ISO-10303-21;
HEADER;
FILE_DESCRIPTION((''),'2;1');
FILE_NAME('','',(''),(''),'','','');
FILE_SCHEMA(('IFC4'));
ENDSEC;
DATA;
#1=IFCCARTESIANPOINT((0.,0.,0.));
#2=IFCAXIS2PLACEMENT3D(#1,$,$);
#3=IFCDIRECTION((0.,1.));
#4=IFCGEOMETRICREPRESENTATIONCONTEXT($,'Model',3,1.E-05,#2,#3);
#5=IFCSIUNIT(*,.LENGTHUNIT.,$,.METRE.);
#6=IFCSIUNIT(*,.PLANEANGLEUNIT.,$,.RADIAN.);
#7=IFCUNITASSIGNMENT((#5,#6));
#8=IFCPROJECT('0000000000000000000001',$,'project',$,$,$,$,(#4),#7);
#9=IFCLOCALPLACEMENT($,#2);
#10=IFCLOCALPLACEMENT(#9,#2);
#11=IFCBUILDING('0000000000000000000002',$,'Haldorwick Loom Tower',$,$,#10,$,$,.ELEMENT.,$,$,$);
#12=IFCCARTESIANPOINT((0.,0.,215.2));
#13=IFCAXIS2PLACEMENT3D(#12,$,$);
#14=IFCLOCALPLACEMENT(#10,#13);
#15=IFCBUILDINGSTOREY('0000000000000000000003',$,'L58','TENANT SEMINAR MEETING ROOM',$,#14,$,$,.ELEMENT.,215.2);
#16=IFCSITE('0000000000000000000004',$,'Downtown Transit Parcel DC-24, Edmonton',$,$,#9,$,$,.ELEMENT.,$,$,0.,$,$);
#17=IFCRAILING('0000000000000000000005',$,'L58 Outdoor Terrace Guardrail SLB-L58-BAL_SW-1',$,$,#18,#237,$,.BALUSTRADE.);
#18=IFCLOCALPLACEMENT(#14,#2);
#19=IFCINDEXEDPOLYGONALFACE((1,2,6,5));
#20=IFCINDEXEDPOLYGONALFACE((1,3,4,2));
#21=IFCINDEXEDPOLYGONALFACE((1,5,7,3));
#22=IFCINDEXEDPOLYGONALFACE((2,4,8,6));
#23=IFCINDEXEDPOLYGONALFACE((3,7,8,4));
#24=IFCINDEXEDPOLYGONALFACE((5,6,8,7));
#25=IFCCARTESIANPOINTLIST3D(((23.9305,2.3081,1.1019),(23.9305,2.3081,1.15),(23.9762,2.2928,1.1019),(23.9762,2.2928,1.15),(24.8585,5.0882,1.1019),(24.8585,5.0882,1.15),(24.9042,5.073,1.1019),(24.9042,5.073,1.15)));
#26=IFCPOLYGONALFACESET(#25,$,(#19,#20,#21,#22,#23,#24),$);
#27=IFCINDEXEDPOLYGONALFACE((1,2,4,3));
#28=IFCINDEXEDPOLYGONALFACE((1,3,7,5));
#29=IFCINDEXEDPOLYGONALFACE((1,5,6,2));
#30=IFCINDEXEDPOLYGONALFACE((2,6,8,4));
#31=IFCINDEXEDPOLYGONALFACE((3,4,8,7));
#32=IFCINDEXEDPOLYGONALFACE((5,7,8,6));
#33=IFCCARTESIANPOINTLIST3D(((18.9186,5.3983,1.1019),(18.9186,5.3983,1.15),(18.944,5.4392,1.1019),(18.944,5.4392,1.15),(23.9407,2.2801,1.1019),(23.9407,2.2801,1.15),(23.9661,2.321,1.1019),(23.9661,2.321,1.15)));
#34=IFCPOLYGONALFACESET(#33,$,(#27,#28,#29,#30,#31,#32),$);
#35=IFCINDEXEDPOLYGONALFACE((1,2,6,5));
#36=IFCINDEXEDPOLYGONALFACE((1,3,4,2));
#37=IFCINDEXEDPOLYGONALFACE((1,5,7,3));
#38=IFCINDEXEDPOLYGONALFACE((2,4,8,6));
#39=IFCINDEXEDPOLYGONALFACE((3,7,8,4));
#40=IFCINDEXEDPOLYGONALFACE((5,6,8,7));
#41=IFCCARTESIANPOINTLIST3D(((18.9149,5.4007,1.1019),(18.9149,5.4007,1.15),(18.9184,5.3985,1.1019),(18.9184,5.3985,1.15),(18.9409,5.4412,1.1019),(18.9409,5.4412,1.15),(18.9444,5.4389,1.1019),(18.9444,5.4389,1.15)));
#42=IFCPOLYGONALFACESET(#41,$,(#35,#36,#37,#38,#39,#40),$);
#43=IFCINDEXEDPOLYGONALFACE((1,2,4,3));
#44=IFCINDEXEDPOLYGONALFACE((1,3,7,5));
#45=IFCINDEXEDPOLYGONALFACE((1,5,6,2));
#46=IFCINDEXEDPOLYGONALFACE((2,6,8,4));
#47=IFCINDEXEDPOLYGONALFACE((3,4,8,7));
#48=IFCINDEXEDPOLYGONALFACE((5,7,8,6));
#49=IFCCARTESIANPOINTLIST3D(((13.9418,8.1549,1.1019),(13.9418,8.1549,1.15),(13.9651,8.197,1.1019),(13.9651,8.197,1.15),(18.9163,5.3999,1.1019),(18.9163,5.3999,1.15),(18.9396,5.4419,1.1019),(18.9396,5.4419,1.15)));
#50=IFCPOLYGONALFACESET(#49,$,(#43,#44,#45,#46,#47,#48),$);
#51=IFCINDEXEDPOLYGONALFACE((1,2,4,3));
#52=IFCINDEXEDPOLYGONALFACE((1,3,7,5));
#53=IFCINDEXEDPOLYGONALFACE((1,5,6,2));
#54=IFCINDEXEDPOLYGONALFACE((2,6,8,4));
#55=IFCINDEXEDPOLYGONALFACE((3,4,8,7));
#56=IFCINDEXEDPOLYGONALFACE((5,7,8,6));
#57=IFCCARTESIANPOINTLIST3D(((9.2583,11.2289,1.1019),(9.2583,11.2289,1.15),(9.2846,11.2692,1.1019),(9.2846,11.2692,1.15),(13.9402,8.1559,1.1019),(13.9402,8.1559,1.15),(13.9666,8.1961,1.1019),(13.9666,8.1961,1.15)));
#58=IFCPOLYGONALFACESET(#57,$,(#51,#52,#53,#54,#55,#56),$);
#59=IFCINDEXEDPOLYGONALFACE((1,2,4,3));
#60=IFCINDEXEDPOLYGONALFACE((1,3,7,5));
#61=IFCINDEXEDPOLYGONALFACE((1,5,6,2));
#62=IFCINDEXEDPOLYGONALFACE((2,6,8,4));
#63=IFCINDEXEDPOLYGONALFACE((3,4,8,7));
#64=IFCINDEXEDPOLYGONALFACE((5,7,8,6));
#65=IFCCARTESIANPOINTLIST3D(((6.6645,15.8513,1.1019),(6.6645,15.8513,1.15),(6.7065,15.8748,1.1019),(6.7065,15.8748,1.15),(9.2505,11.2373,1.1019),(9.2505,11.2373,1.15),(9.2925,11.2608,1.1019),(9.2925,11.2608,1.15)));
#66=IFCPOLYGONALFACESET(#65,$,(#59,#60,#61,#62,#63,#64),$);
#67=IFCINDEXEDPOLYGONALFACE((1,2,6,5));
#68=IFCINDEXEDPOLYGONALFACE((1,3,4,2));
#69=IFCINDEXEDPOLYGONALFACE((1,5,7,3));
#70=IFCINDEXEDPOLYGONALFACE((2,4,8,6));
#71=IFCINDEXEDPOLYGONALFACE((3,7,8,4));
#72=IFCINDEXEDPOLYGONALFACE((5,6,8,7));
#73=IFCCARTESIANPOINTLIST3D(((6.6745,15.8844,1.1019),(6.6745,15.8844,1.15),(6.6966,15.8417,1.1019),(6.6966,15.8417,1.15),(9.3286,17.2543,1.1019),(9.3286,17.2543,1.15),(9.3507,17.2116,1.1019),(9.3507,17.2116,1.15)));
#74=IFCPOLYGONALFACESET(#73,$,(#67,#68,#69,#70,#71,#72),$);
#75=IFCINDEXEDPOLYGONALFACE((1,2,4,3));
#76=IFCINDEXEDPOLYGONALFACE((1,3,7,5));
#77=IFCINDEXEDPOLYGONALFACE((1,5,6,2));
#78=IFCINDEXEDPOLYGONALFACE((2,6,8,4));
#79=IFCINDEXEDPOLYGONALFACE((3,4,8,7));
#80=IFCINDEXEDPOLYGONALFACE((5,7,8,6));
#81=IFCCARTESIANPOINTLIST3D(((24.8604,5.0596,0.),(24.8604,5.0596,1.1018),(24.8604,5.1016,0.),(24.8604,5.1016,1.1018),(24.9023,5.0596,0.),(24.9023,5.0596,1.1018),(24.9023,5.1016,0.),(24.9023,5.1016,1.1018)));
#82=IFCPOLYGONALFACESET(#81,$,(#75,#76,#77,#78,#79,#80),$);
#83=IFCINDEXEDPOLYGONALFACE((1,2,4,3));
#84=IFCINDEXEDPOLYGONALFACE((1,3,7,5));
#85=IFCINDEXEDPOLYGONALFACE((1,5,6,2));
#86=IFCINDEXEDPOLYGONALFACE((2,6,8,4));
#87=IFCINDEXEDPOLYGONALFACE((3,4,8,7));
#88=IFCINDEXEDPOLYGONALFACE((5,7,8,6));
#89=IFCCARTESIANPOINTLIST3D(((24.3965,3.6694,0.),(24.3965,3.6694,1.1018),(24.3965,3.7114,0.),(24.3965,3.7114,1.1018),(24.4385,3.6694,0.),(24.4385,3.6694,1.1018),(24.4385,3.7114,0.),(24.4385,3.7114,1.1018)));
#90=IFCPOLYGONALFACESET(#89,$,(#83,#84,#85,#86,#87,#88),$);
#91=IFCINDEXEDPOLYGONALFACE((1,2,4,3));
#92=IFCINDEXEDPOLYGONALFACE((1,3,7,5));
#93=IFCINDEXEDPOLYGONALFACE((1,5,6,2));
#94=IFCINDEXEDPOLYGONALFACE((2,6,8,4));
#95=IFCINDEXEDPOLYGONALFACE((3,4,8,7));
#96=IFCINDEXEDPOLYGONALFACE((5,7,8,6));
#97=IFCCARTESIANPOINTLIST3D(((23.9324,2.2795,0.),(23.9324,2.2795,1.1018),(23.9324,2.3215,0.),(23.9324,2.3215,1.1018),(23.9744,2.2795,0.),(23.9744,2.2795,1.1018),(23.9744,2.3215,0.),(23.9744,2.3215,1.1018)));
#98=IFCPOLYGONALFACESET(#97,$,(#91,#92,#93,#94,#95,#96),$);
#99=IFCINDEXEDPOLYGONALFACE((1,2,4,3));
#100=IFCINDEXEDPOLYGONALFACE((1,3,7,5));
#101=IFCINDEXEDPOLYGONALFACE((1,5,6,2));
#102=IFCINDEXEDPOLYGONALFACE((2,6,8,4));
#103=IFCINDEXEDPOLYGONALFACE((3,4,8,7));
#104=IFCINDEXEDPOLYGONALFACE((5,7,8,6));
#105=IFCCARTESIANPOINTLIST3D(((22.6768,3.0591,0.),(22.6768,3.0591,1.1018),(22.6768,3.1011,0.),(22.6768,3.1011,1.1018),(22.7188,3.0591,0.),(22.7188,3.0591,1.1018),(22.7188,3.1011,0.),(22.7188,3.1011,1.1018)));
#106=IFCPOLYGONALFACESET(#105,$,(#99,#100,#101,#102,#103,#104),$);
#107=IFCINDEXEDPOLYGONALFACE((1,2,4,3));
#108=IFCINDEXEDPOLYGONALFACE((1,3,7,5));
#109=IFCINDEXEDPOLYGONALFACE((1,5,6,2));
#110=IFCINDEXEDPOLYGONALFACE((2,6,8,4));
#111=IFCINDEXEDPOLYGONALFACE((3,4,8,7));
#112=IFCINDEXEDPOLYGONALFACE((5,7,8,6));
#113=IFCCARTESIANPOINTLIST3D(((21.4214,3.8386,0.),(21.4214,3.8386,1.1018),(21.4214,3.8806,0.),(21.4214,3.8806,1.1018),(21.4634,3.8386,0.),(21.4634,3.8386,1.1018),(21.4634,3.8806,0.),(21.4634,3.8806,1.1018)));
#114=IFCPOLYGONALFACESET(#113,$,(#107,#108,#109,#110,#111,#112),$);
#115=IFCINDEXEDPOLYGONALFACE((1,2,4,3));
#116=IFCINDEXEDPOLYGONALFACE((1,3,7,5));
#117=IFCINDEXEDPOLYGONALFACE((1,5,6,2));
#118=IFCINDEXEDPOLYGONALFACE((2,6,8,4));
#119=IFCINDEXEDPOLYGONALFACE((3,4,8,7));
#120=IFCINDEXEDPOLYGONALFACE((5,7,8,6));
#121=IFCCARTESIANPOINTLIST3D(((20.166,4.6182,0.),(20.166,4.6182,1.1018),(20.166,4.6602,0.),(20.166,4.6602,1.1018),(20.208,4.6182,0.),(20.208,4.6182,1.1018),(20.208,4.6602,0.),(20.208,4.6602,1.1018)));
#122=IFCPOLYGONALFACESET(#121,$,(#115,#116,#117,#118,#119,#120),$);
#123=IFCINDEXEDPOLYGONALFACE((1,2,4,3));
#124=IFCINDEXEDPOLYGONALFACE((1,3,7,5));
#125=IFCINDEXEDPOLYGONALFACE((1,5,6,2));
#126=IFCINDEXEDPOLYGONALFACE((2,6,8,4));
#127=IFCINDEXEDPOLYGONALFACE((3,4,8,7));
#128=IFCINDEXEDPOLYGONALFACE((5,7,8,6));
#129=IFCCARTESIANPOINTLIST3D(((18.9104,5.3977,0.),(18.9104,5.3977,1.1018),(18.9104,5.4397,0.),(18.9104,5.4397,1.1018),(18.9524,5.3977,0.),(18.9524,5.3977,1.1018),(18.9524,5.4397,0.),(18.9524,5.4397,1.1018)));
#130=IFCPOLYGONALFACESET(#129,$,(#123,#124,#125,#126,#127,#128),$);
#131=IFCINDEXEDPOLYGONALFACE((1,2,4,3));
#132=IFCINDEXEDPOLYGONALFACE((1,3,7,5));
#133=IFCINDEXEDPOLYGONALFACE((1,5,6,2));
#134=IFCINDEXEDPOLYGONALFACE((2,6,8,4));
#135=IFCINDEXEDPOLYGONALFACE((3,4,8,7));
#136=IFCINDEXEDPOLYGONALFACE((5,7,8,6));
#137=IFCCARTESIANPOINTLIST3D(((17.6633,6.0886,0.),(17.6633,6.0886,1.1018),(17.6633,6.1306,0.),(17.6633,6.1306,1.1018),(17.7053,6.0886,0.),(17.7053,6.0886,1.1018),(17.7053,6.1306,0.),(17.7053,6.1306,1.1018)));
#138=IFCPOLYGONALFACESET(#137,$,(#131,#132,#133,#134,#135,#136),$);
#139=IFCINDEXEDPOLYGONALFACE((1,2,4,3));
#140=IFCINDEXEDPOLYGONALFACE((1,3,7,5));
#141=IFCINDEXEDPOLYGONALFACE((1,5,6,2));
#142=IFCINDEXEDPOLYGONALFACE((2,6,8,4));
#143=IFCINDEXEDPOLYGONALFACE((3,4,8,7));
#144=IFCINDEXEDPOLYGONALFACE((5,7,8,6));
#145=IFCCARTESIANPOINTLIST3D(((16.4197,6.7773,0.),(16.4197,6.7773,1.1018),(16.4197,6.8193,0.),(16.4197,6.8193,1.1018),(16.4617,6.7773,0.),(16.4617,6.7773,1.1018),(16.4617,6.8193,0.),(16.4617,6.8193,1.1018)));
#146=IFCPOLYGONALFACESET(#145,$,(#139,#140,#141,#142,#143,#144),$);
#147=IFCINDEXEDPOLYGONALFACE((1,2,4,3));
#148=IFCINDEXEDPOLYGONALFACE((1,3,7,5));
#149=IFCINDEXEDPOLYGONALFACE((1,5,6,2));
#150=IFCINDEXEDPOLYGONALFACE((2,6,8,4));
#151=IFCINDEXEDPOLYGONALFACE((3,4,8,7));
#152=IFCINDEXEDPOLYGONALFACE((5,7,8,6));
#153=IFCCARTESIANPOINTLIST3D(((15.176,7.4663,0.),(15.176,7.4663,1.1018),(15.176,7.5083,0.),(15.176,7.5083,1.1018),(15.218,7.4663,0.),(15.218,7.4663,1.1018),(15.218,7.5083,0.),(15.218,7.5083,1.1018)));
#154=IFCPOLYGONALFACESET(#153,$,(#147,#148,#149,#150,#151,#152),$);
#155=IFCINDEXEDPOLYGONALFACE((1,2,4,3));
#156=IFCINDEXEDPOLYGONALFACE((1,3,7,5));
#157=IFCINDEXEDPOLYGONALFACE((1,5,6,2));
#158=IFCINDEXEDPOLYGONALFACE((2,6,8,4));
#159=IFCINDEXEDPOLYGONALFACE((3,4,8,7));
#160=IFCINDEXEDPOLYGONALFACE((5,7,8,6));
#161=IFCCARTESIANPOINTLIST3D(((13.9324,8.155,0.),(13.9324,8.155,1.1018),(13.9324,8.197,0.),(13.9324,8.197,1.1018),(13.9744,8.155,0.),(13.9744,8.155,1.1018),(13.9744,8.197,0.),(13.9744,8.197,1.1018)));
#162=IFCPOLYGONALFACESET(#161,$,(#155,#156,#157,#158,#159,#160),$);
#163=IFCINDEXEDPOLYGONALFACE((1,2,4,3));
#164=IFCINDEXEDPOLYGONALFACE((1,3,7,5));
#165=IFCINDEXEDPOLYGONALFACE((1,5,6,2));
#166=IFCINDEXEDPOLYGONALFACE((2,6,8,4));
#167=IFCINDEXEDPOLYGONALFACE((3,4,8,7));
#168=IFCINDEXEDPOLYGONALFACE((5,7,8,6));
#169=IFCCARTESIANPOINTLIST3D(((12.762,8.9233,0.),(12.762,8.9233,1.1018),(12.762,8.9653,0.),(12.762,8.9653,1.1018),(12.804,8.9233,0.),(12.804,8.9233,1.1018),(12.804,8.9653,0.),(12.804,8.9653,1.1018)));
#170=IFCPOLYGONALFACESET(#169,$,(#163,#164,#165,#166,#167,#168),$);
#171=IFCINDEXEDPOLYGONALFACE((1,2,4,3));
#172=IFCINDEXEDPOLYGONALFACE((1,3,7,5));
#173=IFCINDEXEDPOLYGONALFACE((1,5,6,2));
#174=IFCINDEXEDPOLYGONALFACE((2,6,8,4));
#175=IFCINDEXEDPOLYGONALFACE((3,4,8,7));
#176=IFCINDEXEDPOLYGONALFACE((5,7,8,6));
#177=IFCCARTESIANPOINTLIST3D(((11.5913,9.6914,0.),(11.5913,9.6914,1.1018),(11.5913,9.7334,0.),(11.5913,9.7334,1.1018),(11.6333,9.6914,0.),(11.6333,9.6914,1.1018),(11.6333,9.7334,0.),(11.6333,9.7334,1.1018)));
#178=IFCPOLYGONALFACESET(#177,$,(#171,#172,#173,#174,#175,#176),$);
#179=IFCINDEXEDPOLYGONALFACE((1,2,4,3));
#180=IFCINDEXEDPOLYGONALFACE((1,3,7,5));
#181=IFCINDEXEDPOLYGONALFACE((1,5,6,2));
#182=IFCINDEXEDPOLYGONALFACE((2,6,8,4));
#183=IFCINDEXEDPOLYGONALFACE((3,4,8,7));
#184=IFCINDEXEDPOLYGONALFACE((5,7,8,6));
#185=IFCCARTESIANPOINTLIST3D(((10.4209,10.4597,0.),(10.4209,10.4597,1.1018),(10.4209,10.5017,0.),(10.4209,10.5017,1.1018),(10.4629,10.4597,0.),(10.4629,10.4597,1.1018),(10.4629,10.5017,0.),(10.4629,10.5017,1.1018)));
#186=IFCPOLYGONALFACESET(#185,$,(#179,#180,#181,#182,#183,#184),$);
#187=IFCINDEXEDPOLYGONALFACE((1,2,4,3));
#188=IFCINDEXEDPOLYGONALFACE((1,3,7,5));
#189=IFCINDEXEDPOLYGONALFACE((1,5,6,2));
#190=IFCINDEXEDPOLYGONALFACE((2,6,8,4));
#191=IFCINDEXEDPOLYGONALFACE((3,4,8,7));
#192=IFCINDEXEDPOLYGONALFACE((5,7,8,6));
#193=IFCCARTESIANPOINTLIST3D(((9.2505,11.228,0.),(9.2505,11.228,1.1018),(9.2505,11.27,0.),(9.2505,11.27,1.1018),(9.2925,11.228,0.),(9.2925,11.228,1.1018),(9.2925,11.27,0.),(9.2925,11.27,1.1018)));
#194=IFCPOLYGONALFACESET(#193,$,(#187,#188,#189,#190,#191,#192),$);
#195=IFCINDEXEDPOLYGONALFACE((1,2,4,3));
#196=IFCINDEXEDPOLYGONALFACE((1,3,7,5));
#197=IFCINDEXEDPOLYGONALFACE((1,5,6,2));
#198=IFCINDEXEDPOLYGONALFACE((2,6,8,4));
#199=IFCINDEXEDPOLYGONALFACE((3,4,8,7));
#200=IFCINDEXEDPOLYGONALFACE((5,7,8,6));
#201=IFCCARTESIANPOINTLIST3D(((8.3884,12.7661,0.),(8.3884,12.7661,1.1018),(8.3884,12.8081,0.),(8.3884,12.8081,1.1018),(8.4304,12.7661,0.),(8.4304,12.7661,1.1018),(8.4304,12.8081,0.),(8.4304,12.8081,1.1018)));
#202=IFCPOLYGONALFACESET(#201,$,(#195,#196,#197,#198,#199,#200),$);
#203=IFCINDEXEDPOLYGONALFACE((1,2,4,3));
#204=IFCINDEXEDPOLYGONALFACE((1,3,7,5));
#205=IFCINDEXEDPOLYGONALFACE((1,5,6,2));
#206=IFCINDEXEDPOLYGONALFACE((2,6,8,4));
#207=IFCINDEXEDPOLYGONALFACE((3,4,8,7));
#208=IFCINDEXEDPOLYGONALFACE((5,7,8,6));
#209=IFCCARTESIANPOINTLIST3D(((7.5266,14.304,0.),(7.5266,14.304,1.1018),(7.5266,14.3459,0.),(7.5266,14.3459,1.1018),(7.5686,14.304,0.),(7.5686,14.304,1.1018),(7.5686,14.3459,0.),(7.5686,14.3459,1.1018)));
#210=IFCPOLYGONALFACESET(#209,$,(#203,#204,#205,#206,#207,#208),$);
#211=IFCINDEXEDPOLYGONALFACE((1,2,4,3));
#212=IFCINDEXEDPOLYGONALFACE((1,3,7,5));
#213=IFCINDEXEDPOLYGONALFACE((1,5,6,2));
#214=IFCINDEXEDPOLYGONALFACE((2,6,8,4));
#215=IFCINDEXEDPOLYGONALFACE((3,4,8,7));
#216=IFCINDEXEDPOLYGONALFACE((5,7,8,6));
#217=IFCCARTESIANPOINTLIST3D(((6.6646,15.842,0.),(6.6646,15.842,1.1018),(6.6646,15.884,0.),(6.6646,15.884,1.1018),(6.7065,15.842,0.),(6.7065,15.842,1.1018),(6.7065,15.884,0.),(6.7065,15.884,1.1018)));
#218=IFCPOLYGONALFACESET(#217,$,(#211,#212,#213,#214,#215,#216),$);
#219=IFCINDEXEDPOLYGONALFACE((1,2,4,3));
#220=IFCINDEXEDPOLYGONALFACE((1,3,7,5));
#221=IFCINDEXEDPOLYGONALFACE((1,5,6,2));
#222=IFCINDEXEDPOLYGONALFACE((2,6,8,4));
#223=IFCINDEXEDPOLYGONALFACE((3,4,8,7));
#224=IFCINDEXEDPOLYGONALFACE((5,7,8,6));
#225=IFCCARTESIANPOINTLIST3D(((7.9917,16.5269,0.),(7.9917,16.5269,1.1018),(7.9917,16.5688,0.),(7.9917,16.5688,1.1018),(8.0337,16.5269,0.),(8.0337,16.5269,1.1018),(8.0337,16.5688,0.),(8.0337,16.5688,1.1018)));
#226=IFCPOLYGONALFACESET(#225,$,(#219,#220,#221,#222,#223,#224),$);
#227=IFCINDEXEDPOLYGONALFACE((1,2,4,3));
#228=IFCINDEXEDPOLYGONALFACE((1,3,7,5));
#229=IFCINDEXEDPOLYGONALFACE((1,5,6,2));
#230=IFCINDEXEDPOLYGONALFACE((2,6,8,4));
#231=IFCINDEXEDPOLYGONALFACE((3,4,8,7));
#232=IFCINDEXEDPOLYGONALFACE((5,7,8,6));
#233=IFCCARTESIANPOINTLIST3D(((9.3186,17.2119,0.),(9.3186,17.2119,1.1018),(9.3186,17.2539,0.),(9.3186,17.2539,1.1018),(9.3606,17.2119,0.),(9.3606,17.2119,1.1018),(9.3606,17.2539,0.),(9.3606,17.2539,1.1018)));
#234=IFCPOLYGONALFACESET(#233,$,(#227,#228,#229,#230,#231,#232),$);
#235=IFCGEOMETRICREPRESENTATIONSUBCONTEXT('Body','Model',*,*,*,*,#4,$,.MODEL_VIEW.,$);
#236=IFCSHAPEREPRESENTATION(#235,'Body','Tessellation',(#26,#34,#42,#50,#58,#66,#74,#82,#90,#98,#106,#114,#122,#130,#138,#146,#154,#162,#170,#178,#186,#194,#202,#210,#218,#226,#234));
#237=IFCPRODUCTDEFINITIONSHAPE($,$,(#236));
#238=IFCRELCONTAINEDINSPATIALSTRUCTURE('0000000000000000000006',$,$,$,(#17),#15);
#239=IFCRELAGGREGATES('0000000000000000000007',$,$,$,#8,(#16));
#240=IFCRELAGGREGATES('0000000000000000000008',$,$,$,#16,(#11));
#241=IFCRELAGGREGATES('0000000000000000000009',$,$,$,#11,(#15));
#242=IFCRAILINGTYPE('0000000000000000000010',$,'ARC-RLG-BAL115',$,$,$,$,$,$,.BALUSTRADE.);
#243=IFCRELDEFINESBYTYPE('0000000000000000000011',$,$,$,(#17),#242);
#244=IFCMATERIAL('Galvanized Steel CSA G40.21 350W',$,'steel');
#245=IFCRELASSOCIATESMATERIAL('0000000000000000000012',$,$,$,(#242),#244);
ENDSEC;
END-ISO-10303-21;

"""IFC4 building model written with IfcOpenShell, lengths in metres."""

from ifc_helpers import new_model, si_unit, direction, frame, origin, origin_2d, place, context, subcontext, project, spatial, rectangle, extrude, material, type_object, element, save


model = new_model("IFC4")

# Units and contexts
model_context = context("Model", 3, precision=1e-05, world=origin(), true_north=direction((0.0, 1.0)))
body_context = subcontext(model_context, "Body", "Model", "MODEL_VIEW")
ifc_project = project(units=[si_unit("LENGTHUNIT", "METRE"), si_unit("PLANEANGLEUNIT", "RADIAN")], contexts=[model_context])

# Site, building, storey
site_placement = place(None, origin())
site = spatial("IfcSite", under=ifc_project, at=site_placement, Name="Downtown Transit Parcel DC-24, Edmonton", CompositionType="ELEMENT", RefElevation=0.0)
building_placement = place(site_placement, origin())
building = spatial("IfcBuilding", under=site, at=building_placement, Name="Haldorwick Loom Tower", CompositionType="ELEMENT")
storey_placement = place(building_placement, frame((0.0, 0.0, 215.2)))
storey = spatial("IfcBuildingStorey", under=building, at=storey_placement, Name="L58", Description="TENANT SEMINAR MEETING ROOM", CompositionType="ELEMENT", Elevation=215.2)

# Railing
ifc_material_1 = material(Name="Galvanized Steel CSA G40.21 350W", Category="steel")
railing_type = type_object("IfcRailingType", Name="ARC-RLG-BAL115", PredefinedType="BALUSTRADE", material=ifc_material_1)
railing_placement = place(storey_placement, frame((24.8813, 5.0806, 0.0)))
element("IfcRailing", 1, at=railing_placement, inside=storey, type_object=railing_type, Name="L58 Outdoor Terrace Guardrail SLB-L58-BAL_SW-1", PredefinedType="BALUSTRADE", context=body_context, shape_type="SweptSolid", body=[
    extrude(rectangle(XDim=0.0481, YDim=0.0481, at=origin_2d()), frame((0.0, 0.0, 1.126), z_axis=(-0.316628, -0.94855, 0.0), x_axis=(0.94855, -0.316628, 0.0)), (0.0, 0.0, 1.0), 2.9309),
    extrude(rectangle(XDim=0.0481, YDim=0.0481, at=origin_2d()), frame((-0.928, -2.78, 1.126), z_axis=(-0.849558, 0.527494, 0.0), x_axis=(-0.527494, -0.849558, 0.0)), (0.0, 0.0, 1.0), 5.9114),
    extrude(rectangle(XDim=0.0481, YDim=0.0481, at=origin_2d()), frame((-5.95, 0.3381, 1.126), z_axis=(-0.841178, 0.540758, 0.0), x_axis=(-0.540758, -0.841178, 0.0)), (0.0, 0.0, 1.0), 0.0042),
    extrude(rectangle(XDim=0.0481, YDim=0.0481, at=origin_2d()), frame((-5.9534, 0.3403, 1.126), z_axis=(-0.874794, 0.484494, 0.0), x_axis=(-0.484494, -0.874794, 0.0)), (0.0, 0.0, 1.0), 5.6865),
    extrude(rectangle(XDim=0.0481, YDim=0.0481, at=origin_2d()), frame((-10.928, 3.0955, 1.126), z_axis=(-0.836006, 0.54872, 0.0), x_axis=(-0.54872, -0.836006, 0.0)), (0.0, 0.0, 1.0), 5.6003),
    extrude(rectangle(XDim=0.0481, YDim=0.0481, at=origin_2d()), frame((-15.6099, 6.1685, 1.126), z_axis=(-0.488904, 0.872338, 0.0), x_axis=(-0.872338, -0.488904, 0.0)), (0.0, 0.0, 1.0), 5.2893),
    extrude(rectangle(XDim=0.0481, YDim=0.0481, at=origin_2d()), frame((-18.1958, 10.7825, 1.126), z_axis=(0.888615, 0.458653, 0.0), x_axis=(-0.458653, 0.888615, 0.0)), (0.0, 0.0, 1.0), 2.9868),
    extrude(rectangle(XDim=0.042, YDim=0.042, at=origin_2d()), origin(), (0.0, 0.0, 1.0), 1.1018),
    extrude(rectangle(XDim=0.042, YDim=0.042, at=origin_2d()), frame((-0.4639, -1.3901, 0.0)), (0.0, 0.0, 1.0), 1.1018),
    extrude(rectangle(XDim=0.042, YDim=0.042, at=origin_2d()), frame((-0.928, -2.78, 0.0)), (0.0, 0.0, 1.0), 1.1018),
    extrude(rectangle(XDim=0.042, YDim=0.042, at=origin_2d()), frame((-2.1836, -2.0005, 0.0)), (0.0, 0.0, 1.0), 1.1018),
    extrude(rectangle(XDim=0.042, YDim=0.042, at=origin_2d()), frame((-3.439, -1.2209, 0.0)), (0.0, 0.0, 1.0), 1.1018),
    extrude(rectangle(XDim=0.042, YDim=0.042, at=origin_2d()), frame((-4.6943, -0.4414, 0.0)), (0.0, 0.0, 1.0), 1.1018),
    extrude(rectangle(XDim=0.042, YDim=0.042, at=origin_2d()), frame((-5.95, 0.3381, 0.0)), (0.0, 0.0, 1.0), 1.1018),
    extrude(rectangle(XDim=0.042, YDim=0.042, at=origin_2d()), frame((-7.197, 1.0291, 0.0)), (0.0, 0.0, 1.0), 1.1018),
    extrude(rectangle(XDim=0.042, YDim=0.042, at=origin_2d()), frame((-8.4407, 1.7178, 0.0)), (0.0, 0.0, 1.0), 1.1018),
    extrude(rectangle(XDim=0.042, YDim=0.042, at=origin_2d()), frame((-9.6843, 2.4067, 0.0)), (0.0, 0.0, 1.0), 1.1018),
    extrude(rectangle(XDim=0.042, YDim=0.042, at=origin_2d()), frame((-10.928, 3.0955, 0.0)), (0.0, 0.0, 1.0), 1.1018),
    extrude(rectangle(XDim=0.042, YDim=0.042, at=origin_2d()), frame((-12.0984, 3.8638, 0.0)), (0.0, 0.0, 1.0), 1.1018),
    extrude(rectangle(XDim=0.042, YDim=0.042, at=origin_2d()), frame((-13.269, 4.6318, 0.0)), (0.0, 0.0, 1.0), 1.1018),
    extrude(rectangle(XDim=0.042, YDim=0.042, at=origin_2d()), frame((-14.4395, 5.4001, 0.0)), (0.0, 0.0, 1.0), 1.1018),
    extrude(rectangle(XDim=0.042, YDim=0.042, at=origin_2d()), frame((-15.6099, 6.1685, 0.0)), (0.0, 0.0, 1.0), 1.1018),
    extrude(rectangle(XDim=0.042, YDim=0.042, at=origin_2d()), frame((-16.4719, 7.7065, 0.0)), (0.0, 0.0, 1.0), 1.1018),
    extrude(rectangle(XDim=0.042, YDim=0.042, at=origin_2d()), frame((-17.3337, 9.2444, 0.0)), (0.0, 0.0, 1.0), 1.1018),
    extrude(rectangle(XDim=0.042, YDim=0.042, at=origin_2d()), frame((-18.1958, 10.7825, 0.0)), (0.0, 0.0, 1.0), 1.1018),
    extrude(rectangle(XDim=0.042, YDim=0.042, at=origin_2d()), frame((-16.8687, 11.4673, 0.0)), (0.0, 0.0, 1.0), 1.1018),
    extrude(rectangle(XDim=0.042, YDim=0.042, at=origin_2d()), frame((-15.5417, 12.1523, 0.0)), (0.0, 0.0, 1.0), 1.1018),
])

save(model, "model.ifc")
